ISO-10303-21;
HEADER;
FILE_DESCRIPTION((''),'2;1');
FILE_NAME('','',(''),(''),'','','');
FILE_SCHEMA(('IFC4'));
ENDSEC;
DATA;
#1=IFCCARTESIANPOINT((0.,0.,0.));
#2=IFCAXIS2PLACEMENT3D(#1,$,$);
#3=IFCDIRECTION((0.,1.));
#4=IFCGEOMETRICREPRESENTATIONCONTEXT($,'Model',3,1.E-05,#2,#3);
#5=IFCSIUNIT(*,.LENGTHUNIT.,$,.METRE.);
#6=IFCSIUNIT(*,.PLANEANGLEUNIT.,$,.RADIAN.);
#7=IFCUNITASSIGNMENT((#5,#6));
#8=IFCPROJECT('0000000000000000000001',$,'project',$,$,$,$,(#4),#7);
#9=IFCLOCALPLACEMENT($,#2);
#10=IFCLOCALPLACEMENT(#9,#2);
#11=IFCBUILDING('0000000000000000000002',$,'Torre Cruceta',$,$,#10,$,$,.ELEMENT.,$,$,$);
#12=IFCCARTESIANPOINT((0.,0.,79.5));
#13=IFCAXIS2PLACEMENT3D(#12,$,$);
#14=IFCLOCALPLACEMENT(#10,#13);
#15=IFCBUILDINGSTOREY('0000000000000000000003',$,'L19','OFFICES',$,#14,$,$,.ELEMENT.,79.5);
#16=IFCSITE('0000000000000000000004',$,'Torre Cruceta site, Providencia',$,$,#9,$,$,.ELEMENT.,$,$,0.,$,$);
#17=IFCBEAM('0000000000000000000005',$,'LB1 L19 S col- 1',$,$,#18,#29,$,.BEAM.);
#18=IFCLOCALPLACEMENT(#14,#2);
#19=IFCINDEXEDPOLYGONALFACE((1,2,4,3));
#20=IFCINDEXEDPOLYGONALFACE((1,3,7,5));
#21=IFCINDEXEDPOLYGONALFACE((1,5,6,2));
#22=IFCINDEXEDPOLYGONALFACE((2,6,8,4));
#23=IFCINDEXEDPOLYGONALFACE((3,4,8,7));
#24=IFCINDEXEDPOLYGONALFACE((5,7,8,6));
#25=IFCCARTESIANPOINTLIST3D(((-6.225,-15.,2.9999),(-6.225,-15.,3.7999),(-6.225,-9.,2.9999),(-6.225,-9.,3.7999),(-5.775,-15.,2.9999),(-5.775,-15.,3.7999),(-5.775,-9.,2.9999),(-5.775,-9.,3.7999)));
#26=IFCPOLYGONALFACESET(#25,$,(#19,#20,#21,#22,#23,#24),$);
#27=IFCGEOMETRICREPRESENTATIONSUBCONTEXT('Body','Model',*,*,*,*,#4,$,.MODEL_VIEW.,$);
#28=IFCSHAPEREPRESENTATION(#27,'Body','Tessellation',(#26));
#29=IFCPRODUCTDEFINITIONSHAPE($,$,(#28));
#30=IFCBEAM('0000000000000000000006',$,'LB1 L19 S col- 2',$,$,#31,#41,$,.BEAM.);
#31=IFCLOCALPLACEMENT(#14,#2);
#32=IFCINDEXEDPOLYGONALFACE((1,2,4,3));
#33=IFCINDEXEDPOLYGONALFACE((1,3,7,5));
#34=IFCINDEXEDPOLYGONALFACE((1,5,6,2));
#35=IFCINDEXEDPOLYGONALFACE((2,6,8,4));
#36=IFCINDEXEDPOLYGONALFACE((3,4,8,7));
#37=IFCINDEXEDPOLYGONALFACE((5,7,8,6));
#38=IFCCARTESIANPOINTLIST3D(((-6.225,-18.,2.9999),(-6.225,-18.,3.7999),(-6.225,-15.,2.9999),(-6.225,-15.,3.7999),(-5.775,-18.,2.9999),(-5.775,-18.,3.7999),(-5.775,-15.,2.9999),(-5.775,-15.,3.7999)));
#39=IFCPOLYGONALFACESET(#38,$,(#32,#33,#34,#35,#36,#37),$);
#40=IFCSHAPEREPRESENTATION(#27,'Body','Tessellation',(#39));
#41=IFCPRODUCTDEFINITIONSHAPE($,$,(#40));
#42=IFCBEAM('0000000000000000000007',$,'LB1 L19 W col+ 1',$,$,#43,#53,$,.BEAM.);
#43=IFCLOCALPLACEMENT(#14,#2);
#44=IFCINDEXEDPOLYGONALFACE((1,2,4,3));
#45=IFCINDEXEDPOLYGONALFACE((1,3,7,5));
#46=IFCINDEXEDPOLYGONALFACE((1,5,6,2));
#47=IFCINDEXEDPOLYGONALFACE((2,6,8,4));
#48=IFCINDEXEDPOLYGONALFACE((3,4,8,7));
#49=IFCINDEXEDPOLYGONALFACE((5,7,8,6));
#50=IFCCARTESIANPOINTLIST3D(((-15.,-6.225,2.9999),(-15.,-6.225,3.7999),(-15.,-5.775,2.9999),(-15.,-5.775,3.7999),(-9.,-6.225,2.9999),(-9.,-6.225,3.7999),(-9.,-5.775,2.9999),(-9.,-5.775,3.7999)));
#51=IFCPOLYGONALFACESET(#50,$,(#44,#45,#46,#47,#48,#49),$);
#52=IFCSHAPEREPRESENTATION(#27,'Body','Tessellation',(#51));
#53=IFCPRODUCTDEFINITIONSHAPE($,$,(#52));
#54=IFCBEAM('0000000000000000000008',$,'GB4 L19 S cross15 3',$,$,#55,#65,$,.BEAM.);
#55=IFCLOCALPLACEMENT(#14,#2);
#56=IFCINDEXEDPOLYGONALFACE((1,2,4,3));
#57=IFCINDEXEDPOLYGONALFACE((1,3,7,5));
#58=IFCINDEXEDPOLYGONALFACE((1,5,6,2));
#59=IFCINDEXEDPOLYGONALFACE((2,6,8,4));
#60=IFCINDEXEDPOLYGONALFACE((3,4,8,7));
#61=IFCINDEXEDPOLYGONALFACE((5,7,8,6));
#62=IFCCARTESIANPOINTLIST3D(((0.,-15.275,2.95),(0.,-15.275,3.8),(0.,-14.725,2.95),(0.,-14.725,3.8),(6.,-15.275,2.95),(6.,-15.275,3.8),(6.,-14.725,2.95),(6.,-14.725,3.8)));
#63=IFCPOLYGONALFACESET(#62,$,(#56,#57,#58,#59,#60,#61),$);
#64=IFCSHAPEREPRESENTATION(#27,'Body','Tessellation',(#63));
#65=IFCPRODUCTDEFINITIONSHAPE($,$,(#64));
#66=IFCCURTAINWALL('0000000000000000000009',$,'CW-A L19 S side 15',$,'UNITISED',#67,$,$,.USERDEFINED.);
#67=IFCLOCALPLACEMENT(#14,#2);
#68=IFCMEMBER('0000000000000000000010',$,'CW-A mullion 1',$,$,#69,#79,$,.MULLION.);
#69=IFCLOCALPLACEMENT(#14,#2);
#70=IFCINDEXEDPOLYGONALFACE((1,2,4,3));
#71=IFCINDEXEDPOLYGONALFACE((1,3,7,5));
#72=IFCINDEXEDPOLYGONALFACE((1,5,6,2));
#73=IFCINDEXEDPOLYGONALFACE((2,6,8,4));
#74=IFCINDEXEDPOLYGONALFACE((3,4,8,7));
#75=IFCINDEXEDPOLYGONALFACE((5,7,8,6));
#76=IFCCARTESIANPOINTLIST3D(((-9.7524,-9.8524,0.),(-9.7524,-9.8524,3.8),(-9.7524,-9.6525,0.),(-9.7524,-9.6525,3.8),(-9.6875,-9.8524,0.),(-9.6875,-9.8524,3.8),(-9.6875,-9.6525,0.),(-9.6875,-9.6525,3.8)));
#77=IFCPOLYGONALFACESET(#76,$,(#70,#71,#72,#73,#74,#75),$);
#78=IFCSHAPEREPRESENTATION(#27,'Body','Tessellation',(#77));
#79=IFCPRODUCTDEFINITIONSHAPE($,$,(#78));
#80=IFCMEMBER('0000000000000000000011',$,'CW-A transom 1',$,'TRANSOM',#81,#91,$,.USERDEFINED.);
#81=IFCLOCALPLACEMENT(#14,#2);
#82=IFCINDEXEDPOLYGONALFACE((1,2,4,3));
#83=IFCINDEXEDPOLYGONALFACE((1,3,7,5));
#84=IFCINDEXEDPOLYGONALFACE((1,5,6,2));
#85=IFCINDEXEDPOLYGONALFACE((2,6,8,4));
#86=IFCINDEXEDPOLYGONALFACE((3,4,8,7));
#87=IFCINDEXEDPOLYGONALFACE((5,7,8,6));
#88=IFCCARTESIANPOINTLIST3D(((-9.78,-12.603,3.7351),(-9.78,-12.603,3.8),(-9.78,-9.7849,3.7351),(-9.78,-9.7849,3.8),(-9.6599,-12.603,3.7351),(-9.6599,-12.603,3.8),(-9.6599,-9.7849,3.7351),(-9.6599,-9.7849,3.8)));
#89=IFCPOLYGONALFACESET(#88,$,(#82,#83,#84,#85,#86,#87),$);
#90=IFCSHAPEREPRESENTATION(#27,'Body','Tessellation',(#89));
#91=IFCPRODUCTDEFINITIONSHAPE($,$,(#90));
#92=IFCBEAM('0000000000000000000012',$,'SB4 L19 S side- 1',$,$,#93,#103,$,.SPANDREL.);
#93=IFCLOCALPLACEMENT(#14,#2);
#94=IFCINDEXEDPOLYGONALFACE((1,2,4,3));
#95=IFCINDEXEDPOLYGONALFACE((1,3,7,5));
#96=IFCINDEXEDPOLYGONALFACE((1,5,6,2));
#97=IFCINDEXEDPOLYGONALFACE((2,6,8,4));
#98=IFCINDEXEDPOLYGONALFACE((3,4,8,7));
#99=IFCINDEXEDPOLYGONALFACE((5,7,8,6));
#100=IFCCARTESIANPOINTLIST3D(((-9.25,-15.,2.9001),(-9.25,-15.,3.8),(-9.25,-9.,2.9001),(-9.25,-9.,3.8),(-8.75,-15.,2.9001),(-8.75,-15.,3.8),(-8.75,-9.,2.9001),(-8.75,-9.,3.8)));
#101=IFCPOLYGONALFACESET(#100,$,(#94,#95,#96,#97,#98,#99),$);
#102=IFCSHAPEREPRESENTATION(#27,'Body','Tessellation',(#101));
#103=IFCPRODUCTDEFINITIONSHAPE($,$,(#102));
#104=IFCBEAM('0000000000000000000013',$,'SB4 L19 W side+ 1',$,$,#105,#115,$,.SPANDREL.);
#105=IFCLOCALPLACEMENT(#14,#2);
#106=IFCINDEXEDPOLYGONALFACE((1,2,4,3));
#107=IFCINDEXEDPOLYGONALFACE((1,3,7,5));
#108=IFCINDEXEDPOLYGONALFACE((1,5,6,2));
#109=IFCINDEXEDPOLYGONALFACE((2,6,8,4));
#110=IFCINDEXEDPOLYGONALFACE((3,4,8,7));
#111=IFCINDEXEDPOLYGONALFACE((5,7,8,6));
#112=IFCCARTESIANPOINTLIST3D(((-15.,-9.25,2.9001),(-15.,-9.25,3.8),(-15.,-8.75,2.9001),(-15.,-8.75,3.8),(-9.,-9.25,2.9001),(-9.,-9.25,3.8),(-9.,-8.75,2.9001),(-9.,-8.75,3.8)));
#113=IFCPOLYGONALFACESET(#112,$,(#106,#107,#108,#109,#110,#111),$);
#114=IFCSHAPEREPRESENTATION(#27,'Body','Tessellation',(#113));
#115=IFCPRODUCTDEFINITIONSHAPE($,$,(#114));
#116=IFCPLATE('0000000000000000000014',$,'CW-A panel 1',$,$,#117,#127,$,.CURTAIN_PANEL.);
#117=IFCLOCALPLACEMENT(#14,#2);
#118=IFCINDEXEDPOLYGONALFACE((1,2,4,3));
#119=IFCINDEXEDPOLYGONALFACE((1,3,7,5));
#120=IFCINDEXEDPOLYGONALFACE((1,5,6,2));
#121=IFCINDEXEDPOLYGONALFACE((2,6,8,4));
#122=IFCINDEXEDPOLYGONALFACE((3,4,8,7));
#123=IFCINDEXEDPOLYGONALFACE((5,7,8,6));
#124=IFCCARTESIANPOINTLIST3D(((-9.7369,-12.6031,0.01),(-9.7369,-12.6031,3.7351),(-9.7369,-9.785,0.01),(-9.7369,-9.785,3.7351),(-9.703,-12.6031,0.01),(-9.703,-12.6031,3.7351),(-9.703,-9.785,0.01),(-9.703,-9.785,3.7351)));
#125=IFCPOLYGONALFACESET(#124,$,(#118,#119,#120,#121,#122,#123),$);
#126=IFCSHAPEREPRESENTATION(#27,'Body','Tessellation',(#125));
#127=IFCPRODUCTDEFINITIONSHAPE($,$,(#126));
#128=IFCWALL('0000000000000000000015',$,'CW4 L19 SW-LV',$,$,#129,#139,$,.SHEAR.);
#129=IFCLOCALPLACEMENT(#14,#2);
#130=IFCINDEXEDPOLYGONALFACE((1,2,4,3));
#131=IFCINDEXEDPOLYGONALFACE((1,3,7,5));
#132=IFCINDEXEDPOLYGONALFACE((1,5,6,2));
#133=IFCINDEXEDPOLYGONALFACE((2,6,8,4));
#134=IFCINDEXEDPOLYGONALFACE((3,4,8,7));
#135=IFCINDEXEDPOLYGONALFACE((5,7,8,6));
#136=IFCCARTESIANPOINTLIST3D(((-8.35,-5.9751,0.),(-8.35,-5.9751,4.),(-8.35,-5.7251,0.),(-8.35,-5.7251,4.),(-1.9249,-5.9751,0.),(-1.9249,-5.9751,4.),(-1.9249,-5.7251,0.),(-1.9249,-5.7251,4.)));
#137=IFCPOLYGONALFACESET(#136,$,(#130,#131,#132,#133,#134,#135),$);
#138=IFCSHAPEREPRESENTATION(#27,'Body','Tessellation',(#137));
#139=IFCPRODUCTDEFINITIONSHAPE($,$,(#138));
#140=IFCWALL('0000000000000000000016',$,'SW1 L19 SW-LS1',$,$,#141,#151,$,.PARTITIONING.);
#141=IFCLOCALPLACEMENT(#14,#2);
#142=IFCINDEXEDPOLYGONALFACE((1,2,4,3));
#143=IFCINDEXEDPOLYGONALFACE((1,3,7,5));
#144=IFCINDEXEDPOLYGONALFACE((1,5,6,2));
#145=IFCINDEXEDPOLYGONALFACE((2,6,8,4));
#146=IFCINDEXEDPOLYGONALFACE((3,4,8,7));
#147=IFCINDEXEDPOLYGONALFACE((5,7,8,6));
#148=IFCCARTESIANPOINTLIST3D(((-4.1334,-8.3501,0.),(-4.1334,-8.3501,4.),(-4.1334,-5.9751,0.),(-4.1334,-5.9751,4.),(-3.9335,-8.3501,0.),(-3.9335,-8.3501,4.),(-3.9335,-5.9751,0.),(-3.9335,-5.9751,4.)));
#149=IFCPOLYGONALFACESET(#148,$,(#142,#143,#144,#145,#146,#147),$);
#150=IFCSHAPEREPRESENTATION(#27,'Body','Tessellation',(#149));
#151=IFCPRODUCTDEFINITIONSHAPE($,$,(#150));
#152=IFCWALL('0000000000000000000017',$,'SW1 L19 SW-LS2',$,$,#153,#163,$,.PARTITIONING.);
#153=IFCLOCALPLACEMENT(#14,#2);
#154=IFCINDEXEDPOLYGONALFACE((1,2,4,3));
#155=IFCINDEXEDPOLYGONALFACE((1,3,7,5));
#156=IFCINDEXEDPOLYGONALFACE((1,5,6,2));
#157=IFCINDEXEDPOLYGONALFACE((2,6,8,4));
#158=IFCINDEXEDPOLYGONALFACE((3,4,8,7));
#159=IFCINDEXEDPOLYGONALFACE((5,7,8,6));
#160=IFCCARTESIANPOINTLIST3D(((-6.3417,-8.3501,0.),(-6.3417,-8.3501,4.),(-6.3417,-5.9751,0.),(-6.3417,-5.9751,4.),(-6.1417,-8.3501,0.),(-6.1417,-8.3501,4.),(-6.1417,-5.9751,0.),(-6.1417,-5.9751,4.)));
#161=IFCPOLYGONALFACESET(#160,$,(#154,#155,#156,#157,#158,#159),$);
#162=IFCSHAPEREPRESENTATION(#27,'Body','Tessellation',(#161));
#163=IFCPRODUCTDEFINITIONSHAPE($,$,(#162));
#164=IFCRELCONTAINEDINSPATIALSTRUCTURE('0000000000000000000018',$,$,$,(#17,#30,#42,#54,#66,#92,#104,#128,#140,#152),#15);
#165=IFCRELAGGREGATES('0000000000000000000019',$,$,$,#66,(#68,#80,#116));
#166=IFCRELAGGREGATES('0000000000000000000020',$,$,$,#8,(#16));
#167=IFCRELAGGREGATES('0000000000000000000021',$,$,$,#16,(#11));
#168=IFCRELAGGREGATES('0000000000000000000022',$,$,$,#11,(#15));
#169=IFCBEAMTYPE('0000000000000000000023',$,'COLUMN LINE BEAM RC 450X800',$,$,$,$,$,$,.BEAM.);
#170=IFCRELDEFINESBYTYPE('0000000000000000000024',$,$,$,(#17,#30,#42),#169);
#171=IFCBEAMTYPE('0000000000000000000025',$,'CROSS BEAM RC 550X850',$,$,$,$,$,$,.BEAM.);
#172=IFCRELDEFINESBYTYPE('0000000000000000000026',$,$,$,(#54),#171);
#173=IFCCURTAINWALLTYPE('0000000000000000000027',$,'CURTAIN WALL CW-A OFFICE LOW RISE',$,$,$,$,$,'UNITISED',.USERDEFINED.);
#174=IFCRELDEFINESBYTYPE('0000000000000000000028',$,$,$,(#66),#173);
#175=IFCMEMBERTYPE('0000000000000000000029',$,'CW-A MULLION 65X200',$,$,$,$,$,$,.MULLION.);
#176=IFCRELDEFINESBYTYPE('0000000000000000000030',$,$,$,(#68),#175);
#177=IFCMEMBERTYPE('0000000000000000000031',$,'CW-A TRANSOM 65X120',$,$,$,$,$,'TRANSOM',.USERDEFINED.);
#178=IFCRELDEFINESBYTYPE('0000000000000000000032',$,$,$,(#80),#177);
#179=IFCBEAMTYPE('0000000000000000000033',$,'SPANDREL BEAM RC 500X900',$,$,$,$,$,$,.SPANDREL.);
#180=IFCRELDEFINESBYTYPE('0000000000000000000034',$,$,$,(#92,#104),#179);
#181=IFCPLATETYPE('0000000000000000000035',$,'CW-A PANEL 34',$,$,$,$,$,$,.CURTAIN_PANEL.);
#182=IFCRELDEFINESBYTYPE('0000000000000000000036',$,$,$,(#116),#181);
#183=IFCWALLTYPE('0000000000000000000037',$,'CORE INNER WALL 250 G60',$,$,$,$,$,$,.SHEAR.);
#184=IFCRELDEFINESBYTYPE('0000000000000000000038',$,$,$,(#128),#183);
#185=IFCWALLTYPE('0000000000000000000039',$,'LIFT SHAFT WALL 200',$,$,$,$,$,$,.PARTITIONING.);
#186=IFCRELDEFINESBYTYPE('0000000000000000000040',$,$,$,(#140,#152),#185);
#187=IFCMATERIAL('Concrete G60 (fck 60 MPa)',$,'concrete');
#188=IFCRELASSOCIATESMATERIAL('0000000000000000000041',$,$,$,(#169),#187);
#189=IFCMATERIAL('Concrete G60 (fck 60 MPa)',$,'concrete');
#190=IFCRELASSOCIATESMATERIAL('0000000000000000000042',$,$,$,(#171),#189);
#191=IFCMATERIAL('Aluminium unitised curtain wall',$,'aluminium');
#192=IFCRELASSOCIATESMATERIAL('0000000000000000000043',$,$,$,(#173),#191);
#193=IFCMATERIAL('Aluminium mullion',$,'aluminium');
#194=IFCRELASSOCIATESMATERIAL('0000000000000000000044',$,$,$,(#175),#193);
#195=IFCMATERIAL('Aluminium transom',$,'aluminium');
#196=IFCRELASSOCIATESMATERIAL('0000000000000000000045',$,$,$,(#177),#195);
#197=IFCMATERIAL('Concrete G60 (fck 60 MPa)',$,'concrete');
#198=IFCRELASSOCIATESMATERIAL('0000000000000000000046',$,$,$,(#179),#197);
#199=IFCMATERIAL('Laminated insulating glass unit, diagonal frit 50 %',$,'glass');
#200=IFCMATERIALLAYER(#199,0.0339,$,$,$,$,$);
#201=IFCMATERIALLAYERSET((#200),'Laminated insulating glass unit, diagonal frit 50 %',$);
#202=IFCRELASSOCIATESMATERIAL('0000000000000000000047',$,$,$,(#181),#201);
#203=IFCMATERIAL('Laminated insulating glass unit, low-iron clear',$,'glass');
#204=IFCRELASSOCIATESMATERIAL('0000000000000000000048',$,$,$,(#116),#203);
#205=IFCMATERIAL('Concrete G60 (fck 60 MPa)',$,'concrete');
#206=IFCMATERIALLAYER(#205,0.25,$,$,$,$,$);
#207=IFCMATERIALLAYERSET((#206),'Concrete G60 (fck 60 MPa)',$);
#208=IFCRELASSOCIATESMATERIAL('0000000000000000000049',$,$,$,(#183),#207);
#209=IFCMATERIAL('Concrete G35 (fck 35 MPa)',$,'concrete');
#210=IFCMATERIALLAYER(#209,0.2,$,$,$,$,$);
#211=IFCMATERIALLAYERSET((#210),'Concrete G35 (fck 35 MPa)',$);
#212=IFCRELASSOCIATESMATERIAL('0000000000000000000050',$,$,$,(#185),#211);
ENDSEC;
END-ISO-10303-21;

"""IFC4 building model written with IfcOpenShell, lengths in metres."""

from ifc_helpers import new_model, si_unit, direction, frame, frame_2d, origin, origin_2d, place, context, subcontext, project, spatial, rectangle, extrude, material, layer, layer_set, material_profile, profile_set, type_object, element, aggregate, save


model = new_model("IFC4")

# Units and contexts
model_context = context("Model", 3, precision=1e-05, world=origin(), true_north=direction((0.0, 1.0)))
body_context = subcontext(model_context, "Body", "Model", "MODEL_VIEW")
ifc_project = project(units=[si_unit("LENGTHUNIT", "METRE"), si_unit("PLANEANGLEUNIT", "RADIAN")], contexts=[model_context])

# Site, building, storey
site_placement = place(None, origin())
site = spatial("IfcSite", under=ifc_project, at=site_placement, Name="Torre Cruceta site, Providencia", CompositionType="ELEMENT", RefElevation=0.0)
building_placement = place(site_placement, origin())
building = spatial("IfcBuilding", under=site, at=building_placement, Name="Torre Cruceta", CompositionType="ELEMENT")
storey_placement = place(building_placement, frame((0.0, 0.0, 79.5)))
storey = spatial("IfcBuildingStorey", under=building, at=storey_placement, Name="L19", Description="OFFICES", CompositionType="ELEMENT", Elevation=79.5)

# Beams
ifc_material_1 = material(Name="Concrete G60 (fck 60 MPa)", Category="concrete")
ifc_material_profile_1 = material_profile(ifc_material_1, rectangle(XDim=0.45, YDim=0.8, at=origin_2d()), Name="RC 450X800")
ifc_profile_set_1 = profile_set([ifc_material_profile_1], Name="Concrete G60 (fck 60 MPa)")
beam_type_1 = type_object("IfcBeamType", Name="COLUMN LINE BEAM RC 450X800", PredefinedType="BEAM", material=ifc_profile_set_1)
beam_1_placement = place(storey_placement, frame((-6.0, -9.0, 3.3999), z_axis=(0.0, -1.0, 0.0), x_axis=(1.0, 0.0, 0.0)))
element("IfcBeam", 1, at=beam_1_placement, inside=storey, type_object=beam_type_1, Name="LB1 L19 S col- 1", PredefinedType="BEAM", context=body_context, shape_type="SweptSolid", body=[
    extrude(rectangle(XDim=0.45, YDim=0.8, at=origin_2d()), origin(), (0.0, 0.0, 1.0), 6.0),
])
beam_2_placement = place(storey_placement, frame((-6.0, -15.0, 3.3999), z_axis=(0.0, -1.0, 0.0), x_axis=(1.0, 0.0, 0.0)))
element("IfcBeam", 2, at=beam_2_placement, inside=storey, type_object=beam_type_1, Name="LB1 L19 S col- 2", PredefinedType="BEAM", context=body_context, shape_type="SweptSolid", body=[
    extrude(rectangle(XDim=0.45, YDim=0.8, at=origin_2d()), origin(), (0.0, 0.0, 1.0), 3.0),
])
beam_3_placement = place(storey_placement, frame((-9.0, -6.0, 3.3999), z_axis=(-1.0, 0.0, 0.0), x_axis=(0.0, -1.0, 0.0)))
element("IfcBeam", 3, at=beam_3_placement, inside=storey, type_object=beam_type_1, Name="LB1 L19 W col+ 1", PredefinedType="BEAM", context=body_context, shape_type="SweptSolid", body=[
    extrude(rectangle(XDim=0.45, YDim=0.8, at=origin_2d()), origin(), (0.0, 0.0, 1.0), 6.0),
])
ifc_material_2 = material(Name="Concrete G60 (fck 60 MPa)", Category="concrete")
ifc_material_profile_2 = material_profile(ifc_material_2, rectangle(XDim=0.55, YDim=0.8501, at=origin_2d()), Name="RC 550X850")
ifc_profile_set_2 = profile_set([ifc_material_profile_2], Name="Concrete G60 (fck 60 MPa)")
beam_type_2 = type_object("IfcBeamType", Name="CROSS BEAM RC 550X850", PredefinedType="BEAM", material=ifc_profile_set_2)
beam_4_placement = place(storey_placement, frame((0.0, -15.0, 3.375), z_axis=(1.0, 0.0, 0.0), x_axis=(0.0, 1.0, 0.0)))
element("IfcBeam", 4, at=beam_4_placement, inside=storey, type_object=beam_type_2, Name="GB4 L19 S cross15 3", PredefinedType="BEAM", context=body_context, shape_type="SweptSolid", body=[
    extrude(rectangle(XDim=0.55, YDim=0.8501, at=origin_2d()), origin(), (0.0, 0.0, 1.0), 6.0),
])

# Curtain wall, members
ifc_material_3 = material(Name="Aluminium unitised curtain wall", Category="aluminium")
curtain_wall_type = type_object("IfcCurtainWallType", Name="CURTAIN WALL CW-A OFFICE LOW RISE", ElementType="UNITISED", PredefinedType="USERDEFINED", material=ifc_material_3)
curtain_wall_placement = place(storey_placement, origin())
curtain_wall = element("IfcCurtainWall", 5, at=curtain_wall_placement, inside=storey, type_object=curtain_wall_type, Name="CW-A L19 S side 15", ObjectType="UNITISED", PredefinedType="USERDEFINED")
ifc_material_4 = material(Name="Aluminium mullion", Category="aluminium")
ifc_material_profile_3 = material_profile(ifc_material_4, rectangle(XDim=0.0649, YDim=0.2, at=origin_2d()), Name="AL 65X200")
ifc_profile_set_3 = profile_set([ifc_material_profile_3], Name="Aluminium mullion")
member_type_1 = type_object("IfcMemberType", Name="CW-A MULLION 65X200", PredefinedType="MULLION", material=ifc_profile_set_3)
member_1_placement = place(storey_placement, frame((-9.72, -9.7524, 0.0), z_axis=(0.0, 0.0, 1.0), x_axis=(1.0, 0.0, 0.0)))
member_1 = element("IfcMember", 6, at=member_1_placement, type_object=member_type_1, Name="CW-A mullion 1", PredefinedType="MULLION", context=body_context, shape_type="SweptSolid", body=[
    extrude(rectangle(XDim=0.0649, YDim=0.2, at=origin_2d()), origin(), (0.0, 0.0, 1.0), 3.8),
])
ifc_material_5 = material(Name="Aluminium transom", Category="aluminium")
ifc_material_profile_4 = material_profile(ifc_material_5, rectangle(XDim=0.1201, YDim=0.0649, at=origin_2d()), Name="AL 120X65")
ifc_profile_set_4 = profile_set([ifc_material_profile_4], Name="Aluminium transom")
member_type_2 = type_object("IfcMemberType", Name="CW-A TRANSOM 65X120", ElementType="TRANSOM", PredefinedType="USERDEFINED", material=ifc_profile_set_4)
member_2_placement = place(storey_placement, frame((-9.72, -9.7849, 3.7676), z_axis=(0.0, -1.0, 0.0), x_axis=(1.0, 0.0, 0.0)))
member_2 = element("IfcMember", 7, at=member_2_placement, type_object=member_type_2, Name="CW-A transom 1", ObjectType="TRANSOM", PredefinedType="USERDEFINED", context=body_context, shape_type="SweptSolid", body=[
    extrude(rectangle(XDim=0.1201, YDim=0.0649, at=origin_2d()), origin(), (0.0, 0.0, 1.0), 2.8181),
])

# Beams
ifc_material_6 = material(Name="Concrete G60 (fck 60 MPa)", Category="concrete")
ifc_material_profile_5 = material_profile(ifc_material_6, rectangle(XDim=0.5, YDim=0.8999, at=origin_2d()), Name="RC 500X900")
ifc_profile_set_5 = profile_set([ifc_material_profile_5], Name="Concrete G60 (fck 60 MPa)")
beam_type_3 = type_object("IfcBeamType", Name="SPANDREL BEAM RC 500X900", PredefinedType="SPANDREL", material=ifc_profile_set_5)
for number, where, z_axis, x_axis, name in (
    (8, (-9.0, -9.0, 3.3501), (0.0, -1.0, 0.0), (1.0, 0.0, 0.0), "SB4 L19 S side- 1"),
    (9, (-9.0, -9.0, 3.3501), (-1.0, 0.0, 0.0), (0.0, -1.0, 0.0), "SB4 L19 W side+ 1"),
):
    element("IfcBeam", number, at=place(storey_placement, frame(where, z_axis=z_axis, x_axis=x_axis)), inside=storey, type_object=beam_type_3, Name=name, PredefinedType="SPANDREL", context=body_context, shape_type="SweptSolid", body=[
        extrude(rectangle(XDim=0.5, YDim=0.8999, at=origin_2d()), origin(), (0.0, 0.0, 1.0), 6.0),
    ])

# Plate
ifc_material_7 = material(Name="Laminated insulating glass unit, low-iron clear", Category="glass")
ifc_material_8 = material(Name="Laminated insulating glass unit, diagonal frit 50 %", Category="glass")
ifc_layer_1 = layer(ifc_material_8, 0.0339)
ifc_layer_set_1 = layer_set([ifc_layer_1], Name="Laminated insulating glass unit, diagonal frit 50 %")
plate_type = type_object("IfcPlateType", Name="CW-A PANEL 34", PredefinedType="CURTAIN_PANEL", material=ifc_layer_set_1)
plate_placement = place(storey_placement, frame((-9.72, -11.1941, 0.01), z_axis=(0.0, 0.0, 1.0), x_axis=(0.0, -1.0, 0.0)))
plate = element("IfcPlate", 10, at=plate_placement, type_object=plate_type, material=ifc_material_7, Name="CW-A panel 1", PredefinedType="CURTAIN_PANEL", context=body_context, shape_type="SweptSolid", body=[
    extrude(rectangle(XDim=2.8181, YDim=0.0339, at=origin_2d()), origin(), (0.0, 0.0, 1.0), 3.7251),
])
aggregate(curtain_wall, [member_1, member_2, plate])

# Wall
ifc_material_9 = material(Name="Concrete G60 (fck 60 MPa)", Category="concrete")
ifc_layer_2 = layer(ifc_material_9, 0.25)
ifc_layer_set_2 = layer_set([ifc_layer_2], Name="Concrete G60 (fck 60 MPa)")
wall_type_1 = type_object("IfcWallType", Name="CORE INNER WALL 250 G60", PredefinedType="SHEAR", material=ifc_layer_set_2)
wall_1_placement = place(storey_placement, frame((-1.925, -5.8501, 0.0), z_axis=(0.0, 0.0, 1.0), x_axis=(-1.0, 0.0, 0.0)))
element("IfcWall", 11, at=wall_1_placement, inside=storey, type_object=wall_type_1, Name="CW4 L19 SW-LV", PredefinedType="SHEAR", context=body_context, shape_type="SweptSolid", body=[
    extrude(rectangle(XDim=6.425, YDim=0.25, at=frame_2d((3.2124, 0.0))), origin(), (0.0, 0.0, 1.0), 4.0),
])

# Walls
ifc_material_10 = material(Name="Concrete G35 (fck 35 MPa)", Category="concrete")
ifc_layer_3 = layer(ifc_material_10, 0.2)
ifc_layer_set_3 = layer_set([ifc_layer_3], Name="Concrete G35 (fck 35 MPa)")
wall_type_2 = type_object("IfcWallType", Name="LIFT SHAFT WALL 200", PredefinedType="PARTITIONING", material=ifc_layer_set_3)
for number, where, z_axis, x_axis, name in (
    (12, (-4.0334, -5.9751, 0.0), (0.0, 0.0, 1.0), (0.0, -1.0, 0.0), "SW1 L19 SW-LS1"),
    (13, (-6.2417, -5.9751, 0.0), (0.0, 0.0, 1.0), (0.0, -1.0, 0.0), "SW1 L19 SW-LS2"),
):
    element("IfcWall", number, at=place(storey_placement, frame(where, z_axis=z_axis, x_axis=x_axis)), inside=storey, type_object=wall_type_2, Name=name, PredefinedType="PARTITIONING", context=body_context, shape_type="SweptSolid", body=[
        extrude(rectangle(XDim=2.375, YDim=0.2, at=frame_2d((1.1875, 0.0))), origin(), (0.0, 0.0, 1.0), 4.0),
    ])

save(model, "model.ifc")
